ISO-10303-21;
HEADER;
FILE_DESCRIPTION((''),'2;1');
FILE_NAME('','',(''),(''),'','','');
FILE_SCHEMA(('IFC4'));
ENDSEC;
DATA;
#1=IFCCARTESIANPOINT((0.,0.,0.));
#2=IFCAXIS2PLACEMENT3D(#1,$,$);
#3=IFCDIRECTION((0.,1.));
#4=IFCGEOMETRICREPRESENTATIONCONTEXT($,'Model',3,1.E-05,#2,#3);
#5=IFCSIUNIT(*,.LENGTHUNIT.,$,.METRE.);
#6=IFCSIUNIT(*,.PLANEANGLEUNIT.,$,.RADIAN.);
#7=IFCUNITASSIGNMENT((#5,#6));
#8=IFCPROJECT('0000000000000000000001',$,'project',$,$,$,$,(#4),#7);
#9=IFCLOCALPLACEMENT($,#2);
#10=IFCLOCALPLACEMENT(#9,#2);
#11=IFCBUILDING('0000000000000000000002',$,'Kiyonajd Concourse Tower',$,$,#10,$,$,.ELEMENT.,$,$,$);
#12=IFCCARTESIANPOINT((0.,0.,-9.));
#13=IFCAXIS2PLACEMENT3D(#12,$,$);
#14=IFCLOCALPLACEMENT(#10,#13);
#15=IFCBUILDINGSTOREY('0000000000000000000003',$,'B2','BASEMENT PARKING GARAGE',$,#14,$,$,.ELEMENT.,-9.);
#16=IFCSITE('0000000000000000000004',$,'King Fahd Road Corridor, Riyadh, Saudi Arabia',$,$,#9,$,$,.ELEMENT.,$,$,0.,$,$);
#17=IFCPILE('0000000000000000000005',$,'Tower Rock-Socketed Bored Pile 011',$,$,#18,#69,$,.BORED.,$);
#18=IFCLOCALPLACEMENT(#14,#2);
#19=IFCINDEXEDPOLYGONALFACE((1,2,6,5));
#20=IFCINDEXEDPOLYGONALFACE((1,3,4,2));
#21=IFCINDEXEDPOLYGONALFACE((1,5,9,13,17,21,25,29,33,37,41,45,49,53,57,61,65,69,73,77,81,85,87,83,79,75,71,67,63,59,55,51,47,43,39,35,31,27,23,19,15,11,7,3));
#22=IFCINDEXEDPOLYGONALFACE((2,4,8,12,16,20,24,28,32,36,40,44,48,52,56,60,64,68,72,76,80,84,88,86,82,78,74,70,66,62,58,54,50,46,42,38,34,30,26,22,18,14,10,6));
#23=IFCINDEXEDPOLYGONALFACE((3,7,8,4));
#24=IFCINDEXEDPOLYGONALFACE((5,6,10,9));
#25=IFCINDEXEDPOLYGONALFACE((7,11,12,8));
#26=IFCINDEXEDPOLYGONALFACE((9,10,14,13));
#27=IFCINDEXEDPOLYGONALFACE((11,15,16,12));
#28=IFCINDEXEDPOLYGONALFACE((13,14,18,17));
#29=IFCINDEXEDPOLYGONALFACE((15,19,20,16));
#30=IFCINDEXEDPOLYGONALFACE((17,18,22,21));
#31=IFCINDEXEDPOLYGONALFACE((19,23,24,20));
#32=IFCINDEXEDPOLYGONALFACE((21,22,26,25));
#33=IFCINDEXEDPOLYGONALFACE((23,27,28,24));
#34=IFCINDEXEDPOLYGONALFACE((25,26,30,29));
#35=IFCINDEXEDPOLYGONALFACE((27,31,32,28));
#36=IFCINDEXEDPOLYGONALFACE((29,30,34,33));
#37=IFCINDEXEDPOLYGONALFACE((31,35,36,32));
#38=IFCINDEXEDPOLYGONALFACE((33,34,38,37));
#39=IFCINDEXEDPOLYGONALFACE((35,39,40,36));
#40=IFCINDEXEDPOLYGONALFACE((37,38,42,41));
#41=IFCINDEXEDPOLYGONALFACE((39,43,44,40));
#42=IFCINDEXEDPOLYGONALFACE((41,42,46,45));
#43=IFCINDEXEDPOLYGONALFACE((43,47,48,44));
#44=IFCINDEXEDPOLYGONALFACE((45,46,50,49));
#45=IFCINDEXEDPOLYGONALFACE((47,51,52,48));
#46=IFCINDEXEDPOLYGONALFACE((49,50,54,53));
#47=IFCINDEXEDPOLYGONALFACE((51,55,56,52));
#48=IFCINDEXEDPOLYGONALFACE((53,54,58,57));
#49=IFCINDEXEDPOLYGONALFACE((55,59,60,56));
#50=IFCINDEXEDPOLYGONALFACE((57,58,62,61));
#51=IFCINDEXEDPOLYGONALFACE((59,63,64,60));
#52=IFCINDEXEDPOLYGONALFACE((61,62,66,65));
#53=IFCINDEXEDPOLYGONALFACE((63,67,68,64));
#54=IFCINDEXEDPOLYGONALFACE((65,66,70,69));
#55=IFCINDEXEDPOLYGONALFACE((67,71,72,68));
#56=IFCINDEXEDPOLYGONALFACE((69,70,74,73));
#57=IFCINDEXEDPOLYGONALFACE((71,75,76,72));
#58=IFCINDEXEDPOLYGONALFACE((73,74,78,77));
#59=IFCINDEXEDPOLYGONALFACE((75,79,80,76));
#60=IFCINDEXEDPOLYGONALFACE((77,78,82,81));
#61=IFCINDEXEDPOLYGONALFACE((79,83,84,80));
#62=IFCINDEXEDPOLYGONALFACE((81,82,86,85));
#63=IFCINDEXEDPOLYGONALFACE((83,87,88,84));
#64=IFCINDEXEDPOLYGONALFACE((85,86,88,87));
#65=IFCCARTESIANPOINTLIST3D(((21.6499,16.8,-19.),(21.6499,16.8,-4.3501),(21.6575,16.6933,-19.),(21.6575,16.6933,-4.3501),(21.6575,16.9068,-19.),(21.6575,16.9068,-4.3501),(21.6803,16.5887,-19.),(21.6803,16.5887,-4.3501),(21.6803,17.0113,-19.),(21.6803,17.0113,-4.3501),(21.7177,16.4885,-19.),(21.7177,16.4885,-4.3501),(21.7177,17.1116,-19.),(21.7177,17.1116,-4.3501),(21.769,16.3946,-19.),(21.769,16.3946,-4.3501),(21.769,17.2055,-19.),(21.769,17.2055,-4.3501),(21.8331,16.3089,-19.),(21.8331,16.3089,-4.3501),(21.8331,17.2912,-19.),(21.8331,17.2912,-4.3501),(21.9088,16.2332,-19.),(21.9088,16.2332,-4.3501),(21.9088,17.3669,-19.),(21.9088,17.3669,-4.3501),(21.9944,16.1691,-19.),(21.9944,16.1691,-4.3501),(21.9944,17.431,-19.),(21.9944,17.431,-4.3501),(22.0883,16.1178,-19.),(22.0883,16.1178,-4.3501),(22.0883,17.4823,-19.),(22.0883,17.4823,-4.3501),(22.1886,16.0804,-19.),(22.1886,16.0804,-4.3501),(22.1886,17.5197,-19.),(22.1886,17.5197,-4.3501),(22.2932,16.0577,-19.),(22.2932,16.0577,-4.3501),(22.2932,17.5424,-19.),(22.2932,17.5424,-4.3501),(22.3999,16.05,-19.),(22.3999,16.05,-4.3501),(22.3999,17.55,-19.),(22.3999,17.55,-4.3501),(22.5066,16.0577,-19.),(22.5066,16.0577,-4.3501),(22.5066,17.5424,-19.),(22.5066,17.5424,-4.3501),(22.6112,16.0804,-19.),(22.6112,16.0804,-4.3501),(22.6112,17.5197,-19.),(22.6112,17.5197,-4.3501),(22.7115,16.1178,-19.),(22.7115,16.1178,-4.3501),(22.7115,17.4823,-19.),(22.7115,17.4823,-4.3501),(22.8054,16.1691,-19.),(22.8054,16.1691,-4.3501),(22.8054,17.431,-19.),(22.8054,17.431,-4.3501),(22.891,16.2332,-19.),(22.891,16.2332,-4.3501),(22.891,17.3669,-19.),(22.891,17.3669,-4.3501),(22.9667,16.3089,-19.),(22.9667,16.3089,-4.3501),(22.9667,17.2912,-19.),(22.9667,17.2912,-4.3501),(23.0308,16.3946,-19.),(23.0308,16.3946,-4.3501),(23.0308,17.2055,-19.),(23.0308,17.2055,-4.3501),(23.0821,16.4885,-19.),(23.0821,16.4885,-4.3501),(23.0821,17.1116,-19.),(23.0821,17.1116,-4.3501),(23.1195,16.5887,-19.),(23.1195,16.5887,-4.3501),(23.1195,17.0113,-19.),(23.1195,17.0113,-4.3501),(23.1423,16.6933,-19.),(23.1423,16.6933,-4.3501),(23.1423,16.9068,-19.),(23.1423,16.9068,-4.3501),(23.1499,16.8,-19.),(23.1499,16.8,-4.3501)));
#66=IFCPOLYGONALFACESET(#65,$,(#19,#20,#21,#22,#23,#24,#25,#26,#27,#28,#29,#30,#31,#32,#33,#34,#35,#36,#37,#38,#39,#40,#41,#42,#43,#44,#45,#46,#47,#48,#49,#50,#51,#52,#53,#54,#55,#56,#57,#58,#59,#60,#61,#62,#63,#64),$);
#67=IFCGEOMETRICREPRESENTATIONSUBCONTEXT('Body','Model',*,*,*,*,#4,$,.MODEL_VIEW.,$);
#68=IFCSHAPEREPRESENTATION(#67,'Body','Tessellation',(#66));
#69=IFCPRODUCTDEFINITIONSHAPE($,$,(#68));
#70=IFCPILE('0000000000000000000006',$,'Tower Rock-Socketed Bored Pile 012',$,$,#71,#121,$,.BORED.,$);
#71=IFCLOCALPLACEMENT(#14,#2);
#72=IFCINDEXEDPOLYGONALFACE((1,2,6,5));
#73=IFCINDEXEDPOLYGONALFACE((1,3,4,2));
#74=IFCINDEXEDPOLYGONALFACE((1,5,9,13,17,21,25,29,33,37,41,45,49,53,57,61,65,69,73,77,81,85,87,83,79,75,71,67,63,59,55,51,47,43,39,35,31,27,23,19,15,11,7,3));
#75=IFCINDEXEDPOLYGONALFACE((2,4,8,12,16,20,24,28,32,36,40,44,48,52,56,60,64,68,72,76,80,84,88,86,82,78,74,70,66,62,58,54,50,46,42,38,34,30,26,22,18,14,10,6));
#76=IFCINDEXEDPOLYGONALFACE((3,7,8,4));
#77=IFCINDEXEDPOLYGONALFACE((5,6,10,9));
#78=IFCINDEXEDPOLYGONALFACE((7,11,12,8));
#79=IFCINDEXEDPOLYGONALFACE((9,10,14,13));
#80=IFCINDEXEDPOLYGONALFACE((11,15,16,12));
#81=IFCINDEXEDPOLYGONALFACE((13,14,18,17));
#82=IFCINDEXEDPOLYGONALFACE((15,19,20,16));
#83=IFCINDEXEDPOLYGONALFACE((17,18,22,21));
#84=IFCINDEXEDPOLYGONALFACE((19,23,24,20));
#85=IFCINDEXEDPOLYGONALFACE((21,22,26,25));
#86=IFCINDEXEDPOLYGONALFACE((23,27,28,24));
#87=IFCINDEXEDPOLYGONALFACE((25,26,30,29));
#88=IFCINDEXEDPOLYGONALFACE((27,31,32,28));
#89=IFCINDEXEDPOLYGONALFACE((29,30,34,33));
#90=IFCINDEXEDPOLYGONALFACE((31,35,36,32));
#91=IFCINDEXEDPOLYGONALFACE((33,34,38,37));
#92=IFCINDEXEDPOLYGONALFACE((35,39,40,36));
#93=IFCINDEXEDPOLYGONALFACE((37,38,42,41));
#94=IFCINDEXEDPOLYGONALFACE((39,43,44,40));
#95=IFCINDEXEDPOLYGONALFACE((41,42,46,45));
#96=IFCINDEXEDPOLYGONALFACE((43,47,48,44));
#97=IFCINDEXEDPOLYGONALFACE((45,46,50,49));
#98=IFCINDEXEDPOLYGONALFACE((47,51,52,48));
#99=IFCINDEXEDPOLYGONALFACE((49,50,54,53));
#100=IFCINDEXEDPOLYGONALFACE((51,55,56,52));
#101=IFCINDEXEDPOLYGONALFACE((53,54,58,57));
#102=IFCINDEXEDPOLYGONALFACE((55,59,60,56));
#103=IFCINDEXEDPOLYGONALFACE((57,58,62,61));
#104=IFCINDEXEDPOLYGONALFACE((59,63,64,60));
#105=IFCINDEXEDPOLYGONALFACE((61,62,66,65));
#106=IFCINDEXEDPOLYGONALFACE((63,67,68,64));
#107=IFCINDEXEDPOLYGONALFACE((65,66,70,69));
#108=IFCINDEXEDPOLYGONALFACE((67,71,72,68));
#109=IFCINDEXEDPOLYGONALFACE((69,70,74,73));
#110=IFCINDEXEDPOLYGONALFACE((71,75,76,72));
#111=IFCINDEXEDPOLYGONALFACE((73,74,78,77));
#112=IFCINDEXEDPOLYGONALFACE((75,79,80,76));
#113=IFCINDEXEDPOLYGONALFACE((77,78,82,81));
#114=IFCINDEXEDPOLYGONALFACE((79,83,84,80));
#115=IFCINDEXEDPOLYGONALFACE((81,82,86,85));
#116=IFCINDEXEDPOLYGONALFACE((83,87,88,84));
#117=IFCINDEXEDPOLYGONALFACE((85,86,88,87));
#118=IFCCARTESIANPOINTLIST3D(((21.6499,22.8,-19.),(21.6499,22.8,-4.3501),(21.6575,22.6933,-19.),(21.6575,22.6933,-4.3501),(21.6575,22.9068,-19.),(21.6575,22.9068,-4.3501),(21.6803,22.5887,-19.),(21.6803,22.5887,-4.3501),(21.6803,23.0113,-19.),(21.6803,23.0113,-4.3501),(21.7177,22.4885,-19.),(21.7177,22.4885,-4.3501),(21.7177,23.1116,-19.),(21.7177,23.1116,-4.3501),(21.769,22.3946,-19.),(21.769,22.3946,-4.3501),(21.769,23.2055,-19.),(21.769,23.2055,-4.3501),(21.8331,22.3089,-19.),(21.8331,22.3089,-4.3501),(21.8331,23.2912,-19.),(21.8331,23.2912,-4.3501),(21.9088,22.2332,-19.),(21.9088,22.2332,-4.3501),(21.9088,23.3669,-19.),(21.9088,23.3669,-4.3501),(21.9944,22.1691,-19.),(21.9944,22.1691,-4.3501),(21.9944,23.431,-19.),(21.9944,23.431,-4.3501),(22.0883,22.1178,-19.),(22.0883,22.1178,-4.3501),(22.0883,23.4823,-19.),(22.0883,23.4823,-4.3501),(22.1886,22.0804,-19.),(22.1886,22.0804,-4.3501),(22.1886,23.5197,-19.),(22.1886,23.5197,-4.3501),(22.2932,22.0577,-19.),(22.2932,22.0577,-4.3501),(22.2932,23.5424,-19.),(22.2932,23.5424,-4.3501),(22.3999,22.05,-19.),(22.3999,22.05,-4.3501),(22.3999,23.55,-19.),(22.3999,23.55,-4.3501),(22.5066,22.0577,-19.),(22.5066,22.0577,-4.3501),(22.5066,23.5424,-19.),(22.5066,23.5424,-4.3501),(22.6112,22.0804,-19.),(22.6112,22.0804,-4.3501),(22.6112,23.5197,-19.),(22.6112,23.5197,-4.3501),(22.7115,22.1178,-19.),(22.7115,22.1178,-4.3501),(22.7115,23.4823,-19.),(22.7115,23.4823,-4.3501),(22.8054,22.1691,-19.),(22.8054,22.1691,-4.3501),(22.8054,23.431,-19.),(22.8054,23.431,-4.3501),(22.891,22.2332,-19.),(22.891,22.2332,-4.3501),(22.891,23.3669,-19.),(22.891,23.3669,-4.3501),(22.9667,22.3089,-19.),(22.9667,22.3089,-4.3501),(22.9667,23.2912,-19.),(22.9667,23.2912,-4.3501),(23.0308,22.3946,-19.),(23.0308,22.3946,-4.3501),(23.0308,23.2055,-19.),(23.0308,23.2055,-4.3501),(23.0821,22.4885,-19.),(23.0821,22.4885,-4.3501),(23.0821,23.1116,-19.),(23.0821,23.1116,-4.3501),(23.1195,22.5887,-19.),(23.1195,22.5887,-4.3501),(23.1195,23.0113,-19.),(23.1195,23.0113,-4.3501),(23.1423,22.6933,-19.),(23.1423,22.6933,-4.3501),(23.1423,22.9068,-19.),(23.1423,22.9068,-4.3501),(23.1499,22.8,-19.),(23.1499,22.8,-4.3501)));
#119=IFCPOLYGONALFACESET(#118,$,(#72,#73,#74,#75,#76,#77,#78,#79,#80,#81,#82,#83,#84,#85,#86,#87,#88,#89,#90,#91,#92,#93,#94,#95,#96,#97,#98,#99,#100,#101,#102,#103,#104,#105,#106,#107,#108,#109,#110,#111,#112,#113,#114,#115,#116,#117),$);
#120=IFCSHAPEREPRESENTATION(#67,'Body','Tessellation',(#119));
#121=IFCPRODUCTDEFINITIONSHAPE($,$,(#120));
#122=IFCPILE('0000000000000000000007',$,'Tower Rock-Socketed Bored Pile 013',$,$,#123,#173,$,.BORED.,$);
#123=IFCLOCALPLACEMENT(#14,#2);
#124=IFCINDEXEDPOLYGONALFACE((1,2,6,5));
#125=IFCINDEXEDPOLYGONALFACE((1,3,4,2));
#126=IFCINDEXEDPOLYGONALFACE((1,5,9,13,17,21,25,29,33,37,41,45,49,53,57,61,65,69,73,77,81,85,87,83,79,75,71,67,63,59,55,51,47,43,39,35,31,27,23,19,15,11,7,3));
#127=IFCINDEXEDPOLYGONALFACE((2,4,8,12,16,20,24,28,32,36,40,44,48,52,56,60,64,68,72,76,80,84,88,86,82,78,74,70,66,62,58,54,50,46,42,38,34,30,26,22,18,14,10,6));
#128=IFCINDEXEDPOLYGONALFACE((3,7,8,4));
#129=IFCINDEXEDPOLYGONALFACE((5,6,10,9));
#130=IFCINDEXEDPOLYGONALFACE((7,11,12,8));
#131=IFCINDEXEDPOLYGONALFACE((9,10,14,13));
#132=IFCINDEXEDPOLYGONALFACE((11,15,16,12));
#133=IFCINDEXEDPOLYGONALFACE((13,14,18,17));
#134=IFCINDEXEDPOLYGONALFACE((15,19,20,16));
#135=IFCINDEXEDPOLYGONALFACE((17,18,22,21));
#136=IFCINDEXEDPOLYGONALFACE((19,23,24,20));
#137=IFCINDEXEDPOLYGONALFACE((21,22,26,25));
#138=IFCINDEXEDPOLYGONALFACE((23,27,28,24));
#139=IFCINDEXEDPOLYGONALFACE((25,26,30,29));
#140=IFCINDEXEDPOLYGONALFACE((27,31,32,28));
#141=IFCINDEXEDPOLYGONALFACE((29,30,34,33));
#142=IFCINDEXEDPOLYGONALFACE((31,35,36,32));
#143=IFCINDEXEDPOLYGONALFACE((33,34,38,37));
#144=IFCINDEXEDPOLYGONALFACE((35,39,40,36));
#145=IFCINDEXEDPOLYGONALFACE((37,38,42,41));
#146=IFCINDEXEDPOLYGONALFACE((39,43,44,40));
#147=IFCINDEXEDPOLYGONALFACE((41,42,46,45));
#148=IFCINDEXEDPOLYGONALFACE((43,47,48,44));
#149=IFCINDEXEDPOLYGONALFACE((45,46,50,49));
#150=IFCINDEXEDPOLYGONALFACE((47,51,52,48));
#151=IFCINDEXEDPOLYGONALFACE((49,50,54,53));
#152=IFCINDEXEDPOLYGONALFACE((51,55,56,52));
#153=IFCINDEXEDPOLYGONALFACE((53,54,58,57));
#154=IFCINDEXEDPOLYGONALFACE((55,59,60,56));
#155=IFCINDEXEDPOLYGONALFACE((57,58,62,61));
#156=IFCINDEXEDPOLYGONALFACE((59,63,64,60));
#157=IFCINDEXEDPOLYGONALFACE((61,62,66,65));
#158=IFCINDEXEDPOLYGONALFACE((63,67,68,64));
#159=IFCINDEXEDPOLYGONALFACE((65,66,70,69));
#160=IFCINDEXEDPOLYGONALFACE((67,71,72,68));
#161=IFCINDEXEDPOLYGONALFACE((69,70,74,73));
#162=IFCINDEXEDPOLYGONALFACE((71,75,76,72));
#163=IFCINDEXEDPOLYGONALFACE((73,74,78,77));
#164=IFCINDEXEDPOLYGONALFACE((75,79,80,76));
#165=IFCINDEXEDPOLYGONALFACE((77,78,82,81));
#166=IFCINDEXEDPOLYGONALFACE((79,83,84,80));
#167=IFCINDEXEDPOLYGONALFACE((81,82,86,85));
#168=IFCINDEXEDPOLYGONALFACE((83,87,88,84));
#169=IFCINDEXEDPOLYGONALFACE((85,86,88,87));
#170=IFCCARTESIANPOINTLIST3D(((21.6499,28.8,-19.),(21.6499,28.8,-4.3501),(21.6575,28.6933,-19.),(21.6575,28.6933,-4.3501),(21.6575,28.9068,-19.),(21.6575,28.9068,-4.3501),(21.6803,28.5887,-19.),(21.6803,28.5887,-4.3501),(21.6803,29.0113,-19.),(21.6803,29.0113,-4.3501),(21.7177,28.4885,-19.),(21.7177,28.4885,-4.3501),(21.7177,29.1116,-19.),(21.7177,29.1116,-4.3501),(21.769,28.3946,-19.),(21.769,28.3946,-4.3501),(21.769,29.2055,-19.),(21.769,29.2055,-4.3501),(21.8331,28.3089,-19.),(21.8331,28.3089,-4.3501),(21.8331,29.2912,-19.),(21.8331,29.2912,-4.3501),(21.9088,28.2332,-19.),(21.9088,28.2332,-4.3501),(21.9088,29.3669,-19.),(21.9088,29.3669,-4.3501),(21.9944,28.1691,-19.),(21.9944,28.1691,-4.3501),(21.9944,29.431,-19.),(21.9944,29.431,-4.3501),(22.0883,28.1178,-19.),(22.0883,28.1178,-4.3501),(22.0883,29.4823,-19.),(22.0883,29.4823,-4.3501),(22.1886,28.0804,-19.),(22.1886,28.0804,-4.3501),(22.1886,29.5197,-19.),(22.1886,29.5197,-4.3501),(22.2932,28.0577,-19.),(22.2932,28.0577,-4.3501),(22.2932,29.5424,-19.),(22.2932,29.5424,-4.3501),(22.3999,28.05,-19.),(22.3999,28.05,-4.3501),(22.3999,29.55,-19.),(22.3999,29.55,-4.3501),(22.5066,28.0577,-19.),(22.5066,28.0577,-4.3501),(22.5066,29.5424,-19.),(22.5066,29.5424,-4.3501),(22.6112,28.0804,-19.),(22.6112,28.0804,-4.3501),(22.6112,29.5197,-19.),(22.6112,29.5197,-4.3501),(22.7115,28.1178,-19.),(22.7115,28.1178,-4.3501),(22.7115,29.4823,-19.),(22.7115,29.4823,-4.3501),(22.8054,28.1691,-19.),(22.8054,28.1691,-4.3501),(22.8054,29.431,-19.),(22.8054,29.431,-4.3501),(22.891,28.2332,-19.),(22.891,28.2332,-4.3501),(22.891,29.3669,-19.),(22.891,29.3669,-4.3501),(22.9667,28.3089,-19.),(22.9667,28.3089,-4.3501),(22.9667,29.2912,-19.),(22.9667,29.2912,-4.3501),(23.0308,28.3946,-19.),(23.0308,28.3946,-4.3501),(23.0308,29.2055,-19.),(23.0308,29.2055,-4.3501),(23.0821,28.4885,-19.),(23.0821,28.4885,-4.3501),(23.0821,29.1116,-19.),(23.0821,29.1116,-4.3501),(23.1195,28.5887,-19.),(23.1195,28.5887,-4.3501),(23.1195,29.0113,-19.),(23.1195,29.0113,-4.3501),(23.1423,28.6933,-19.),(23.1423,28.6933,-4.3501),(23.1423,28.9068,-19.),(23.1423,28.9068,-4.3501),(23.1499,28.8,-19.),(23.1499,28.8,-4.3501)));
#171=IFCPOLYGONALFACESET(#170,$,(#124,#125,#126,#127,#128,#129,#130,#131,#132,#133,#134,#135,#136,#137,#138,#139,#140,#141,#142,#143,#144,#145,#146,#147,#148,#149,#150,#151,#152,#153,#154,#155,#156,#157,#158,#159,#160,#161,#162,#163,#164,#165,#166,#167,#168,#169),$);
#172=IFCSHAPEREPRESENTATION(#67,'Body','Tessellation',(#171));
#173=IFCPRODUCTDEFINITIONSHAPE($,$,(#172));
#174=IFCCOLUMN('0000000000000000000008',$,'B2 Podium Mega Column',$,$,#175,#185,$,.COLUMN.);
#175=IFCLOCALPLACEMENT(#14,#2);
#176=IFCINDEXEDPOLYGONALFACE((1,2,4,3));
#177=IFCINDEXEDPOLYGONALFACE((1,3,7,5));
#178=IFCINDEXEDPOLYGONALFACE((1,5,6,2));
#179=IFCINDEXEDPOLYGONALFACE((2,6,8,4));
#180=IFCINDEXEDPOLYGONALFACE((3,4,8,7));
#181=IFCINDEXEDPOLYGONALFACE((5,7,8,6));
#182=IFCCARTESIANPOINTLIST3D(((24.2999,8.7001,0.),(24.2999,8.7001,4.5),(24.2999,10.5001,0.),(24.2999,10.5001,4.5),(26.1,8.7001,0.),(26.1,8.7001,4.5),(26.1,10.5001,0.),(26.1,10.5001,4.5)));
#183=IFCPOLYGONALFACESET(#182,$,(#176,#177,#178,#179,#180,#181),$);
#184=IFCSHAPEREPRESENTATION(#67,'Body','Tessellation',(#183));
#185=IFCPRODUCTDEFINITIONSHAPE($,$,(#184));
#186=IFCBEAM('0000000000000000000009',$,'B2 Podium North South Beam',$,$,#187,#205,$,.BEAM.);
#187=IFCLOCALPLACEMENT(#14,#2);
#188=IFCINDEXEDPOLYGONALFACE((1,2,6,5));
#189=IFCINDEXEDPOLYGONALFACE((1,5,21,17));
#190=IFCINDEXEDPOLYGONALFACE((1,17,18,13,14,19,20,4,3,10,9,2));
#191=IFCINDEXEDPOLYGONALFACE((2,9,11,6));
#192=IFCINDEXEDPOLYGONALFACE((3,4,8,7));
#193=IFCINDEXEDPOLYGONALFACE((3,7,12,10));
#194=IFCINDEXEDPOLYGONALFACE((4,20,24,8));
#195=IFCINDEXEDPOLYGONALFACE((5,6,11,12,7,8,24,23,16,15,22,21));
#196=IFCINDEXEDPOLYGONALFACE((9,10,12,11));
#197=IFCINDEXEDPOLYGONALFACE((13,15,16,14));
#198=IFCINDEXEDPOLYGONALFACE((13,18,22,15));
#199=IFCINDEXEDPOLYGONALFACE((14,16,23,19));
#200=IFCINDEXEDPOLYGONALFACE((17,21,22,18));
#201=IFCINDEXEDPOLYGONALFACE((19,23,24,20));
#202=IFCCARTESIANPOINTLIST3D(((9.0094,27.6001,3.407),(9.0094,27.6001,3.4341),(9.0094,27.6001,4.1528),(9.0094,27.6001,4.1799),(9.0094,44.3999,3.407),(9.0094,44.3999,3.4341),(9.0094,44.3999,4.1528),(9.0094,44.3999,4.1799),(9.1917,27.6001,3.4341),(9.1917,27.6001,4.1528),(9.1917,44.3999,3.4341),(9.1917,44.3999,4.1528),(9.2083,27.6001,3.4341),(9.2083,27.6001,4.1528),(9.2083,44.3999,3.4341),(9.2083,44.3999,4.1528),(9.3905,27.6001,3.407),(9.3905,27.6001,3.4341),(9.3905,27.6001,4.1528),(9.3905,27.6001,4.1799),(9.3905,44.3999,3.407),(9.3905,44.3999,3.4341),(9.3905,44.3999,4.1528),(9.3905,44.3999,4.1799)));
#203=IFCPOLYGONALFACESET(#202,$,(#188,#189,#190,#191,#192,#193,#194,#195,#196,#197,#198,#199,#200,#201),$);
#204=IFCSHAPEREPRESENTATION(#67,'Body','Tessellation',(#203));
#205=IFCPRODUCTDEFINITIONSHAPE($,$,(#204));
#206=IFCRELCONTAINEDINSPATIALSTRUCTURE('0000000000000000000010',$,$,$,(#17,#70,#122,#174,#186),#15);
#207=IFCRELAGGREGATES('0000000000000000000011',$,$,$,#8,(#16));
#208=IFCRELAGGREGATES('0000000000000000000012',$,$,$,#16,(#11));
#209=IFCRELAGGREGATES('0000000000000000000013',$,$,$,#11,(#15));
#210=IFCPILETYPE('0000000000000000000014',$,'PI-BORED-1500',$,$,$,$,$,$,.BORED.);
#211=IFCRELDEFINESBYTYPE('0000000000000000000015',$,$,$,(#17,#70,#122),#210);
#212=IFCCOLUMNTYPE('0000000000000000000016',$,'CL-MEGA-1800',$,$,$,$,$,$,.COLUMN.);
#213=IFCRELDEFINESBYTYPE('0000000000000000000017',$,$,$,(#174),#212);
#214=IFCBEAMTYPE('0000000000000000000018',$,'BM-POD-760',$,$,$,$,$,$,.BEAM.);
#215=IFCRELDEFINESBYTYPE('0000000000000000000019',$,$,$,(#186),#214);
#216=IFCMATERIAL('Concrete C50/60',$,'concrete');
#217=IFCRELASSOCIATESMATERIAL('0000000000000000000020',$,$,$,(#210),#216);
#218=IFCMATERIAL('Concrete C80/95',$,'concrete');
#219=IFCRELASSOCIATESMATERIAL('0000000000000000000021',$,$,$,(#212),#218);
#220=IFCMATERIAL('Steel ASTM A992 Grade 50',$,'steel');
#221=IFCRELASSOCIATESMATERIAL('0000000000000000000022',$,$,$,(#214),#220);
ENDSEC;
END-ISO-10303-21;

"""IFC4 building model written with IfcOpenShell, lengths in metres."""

from ifc_helpers import new_model, si_unit, direction, frame, origin, origin_2d, place, context, subcontext, project, spatial, rectangle, circle, i_section, extrude, material, material_profile, profile_set, type_object, element, save


model = new_model("IFC4")

# Units and contexts
model_context = context("Model", 3, precision=1e-05, world=origin(), true_north=direction((0.0, 1.0)))
body_context = subcontext(model_context, "Body", "Model", "MODEL_VIEW")
ifc_project = project(units=[si_unit("LENGTHUNIT", "METRE"), si_unit("PLANEANGLEUNIT", "RADIAN")], contexts=[model_context])

# Site, building, storey
site_placement = place(None, origin())
site = spatial("IfcSite", under=ifc_project, at=site_placement, Name="King Fahd Road Corridor, Riyadh, Saudi Arabia", CompositionType="ELEMENT", RefElevation=0.0)
building_placement = place(site_placement, origin())
building = spatial("IfcBuilding", under=site, at=building_placement, Name="Kiyonajd Concourse Tower", CompositionType="ELEMENT")
storey_placement = place(building_placement, frame((0.0, 0.0, -9.0)))
storey = spatial("IfcBuildingStorey", under=building, at=storey_placement, Name="B2", Description="BASEMENT PARKING GARAGE", CompositionType="ELEMENT", Elevation=-9.0)

# Piles
ifc_material_1 = material(Name="Concrete C50/60", Category="concrete")
ifc_material_profile_1 = material_profile(ifc_material_1, circle(Radius=0.75, at=origin_2d()), Name="PILE-D1500")
ifc_profile_set_1 = profile_set([ifc_material_profile_1], Name="Concrete C50/60")
pile_type_1 = type_object("IfcPileType", Name="PI-BORED-1500", PredefinedType="BORED", material=ifc_profile_set_1)
for number, where, z_axis, x_axis, name in (
    (1, (22.3999, 16.8, -4.3501), (0.0, 0.0, -1.0), (1.0, 0.0, 0.0), "Tower Rock-Socketed Bored Pile 011"),
    (2, (22.3999, 22.8, -4.3501), (0.0, 0.0, -1.0), (1.0, 0.0, 0.0), "Tower Rock-Socketed Bored Pile 012"),
    (3, (22.3999, 28.8, -4.3501), (0.0, 0.0, -1.0), (1.0, 0.0, 0.0), "Tower Rock-Socketed Bored Pile 013"),
):
    element("IfcPile", number, at=place(storey_placement, frame(where, z_axis=z_axis, x_axis=x_axis)), inside=storey, type_object=pile_type_1, Name=name, PredefinedType="BORED", context=body_context, shape_type="SweptSolid", body=[
        extrude(circle(Radius=0.75, at=origin_2d()), origin(), (0.0, 0.0, 1.0), 14.6499),
    ])

# Column
ifc_material_2 = material(Name="Concrete C80/95", Category="concrete")
ifc_material_profile_2 = material_profile(ifc_material_2, rectangle(XDim=1.8, YDim=1.8, at=origin_2d()), Name="RC-1800x1800")
ifc_profile_set_2 = profile_set([ifc_material_profile_2], Name="Concrete C80/95")
column_type = type_object("IfcColumnType", Name="CL-MEGA-1800", PredefinedType="COLUMN", material=ifc_profile_set_2)
column_placement = place(storey_placement, frame((25.2, 9.6001, 0.0), z_axis=(0.0, 0.0, 1.0), x_axis=(1.0, 0.0, 0.0)))
element("IfcColumn", 4, at=column_placement, inside=storey, type_object=column_type, Name="B2 Podium Mega Column", PredefinedType="COLUMN", context=body_context, shape_type="SweptSolid", body=[
    extrude(rectangle(XDim=1.8, YDim=1.8, at=origin_2d()), origin(), (0.0, 0.0, 1.0), 4.5),
])

# Beam
ifc_material_3 = material(Name="Steel ASTM A992 Grade 50", Category="steel")
ifc_material_profile_3 = material_profile(ifc_material_3, i_section(OverallWidth=0.3811, OverallDepth=0.7729, WebThickness=0.0166, FlangeThickness=0.0271, at=origin_2d()), Name="W760X257")
ifc_profile_set_3 = profile_set([ifc_material_profile_3], Name="Steel ASTM A992 Grade 50")
beam_type = type_object("IfcBeamType", Name="BM-POD-760", PredefinedType="BEAM", material=ifc_profile_set_3)
beam_placement = place(storey_placement, frame((9.2, 27.6001, 3.7935), z_axis=(0.0, 1.0, 0.0), x_axis=(-1.0, 0.0, 0.0)))
element("IfcBeam", 5, at=beam_placement, inside=storey, type_object=beam_type, Name="B2 Podium North South Beam", PredefinedType="BEAM", context=body_context, shape_type="SweptSolid", body=[
    extrude(i_section(OverallWidth=0.3811, OverallDepth=0.7729, WebThickness=0.0166, FlangeThickness=0.0271, at=origin_2d()), origin(), (0.0, 0.0, 1.0), 16.7998),
])

save(model, "model.ifc")
